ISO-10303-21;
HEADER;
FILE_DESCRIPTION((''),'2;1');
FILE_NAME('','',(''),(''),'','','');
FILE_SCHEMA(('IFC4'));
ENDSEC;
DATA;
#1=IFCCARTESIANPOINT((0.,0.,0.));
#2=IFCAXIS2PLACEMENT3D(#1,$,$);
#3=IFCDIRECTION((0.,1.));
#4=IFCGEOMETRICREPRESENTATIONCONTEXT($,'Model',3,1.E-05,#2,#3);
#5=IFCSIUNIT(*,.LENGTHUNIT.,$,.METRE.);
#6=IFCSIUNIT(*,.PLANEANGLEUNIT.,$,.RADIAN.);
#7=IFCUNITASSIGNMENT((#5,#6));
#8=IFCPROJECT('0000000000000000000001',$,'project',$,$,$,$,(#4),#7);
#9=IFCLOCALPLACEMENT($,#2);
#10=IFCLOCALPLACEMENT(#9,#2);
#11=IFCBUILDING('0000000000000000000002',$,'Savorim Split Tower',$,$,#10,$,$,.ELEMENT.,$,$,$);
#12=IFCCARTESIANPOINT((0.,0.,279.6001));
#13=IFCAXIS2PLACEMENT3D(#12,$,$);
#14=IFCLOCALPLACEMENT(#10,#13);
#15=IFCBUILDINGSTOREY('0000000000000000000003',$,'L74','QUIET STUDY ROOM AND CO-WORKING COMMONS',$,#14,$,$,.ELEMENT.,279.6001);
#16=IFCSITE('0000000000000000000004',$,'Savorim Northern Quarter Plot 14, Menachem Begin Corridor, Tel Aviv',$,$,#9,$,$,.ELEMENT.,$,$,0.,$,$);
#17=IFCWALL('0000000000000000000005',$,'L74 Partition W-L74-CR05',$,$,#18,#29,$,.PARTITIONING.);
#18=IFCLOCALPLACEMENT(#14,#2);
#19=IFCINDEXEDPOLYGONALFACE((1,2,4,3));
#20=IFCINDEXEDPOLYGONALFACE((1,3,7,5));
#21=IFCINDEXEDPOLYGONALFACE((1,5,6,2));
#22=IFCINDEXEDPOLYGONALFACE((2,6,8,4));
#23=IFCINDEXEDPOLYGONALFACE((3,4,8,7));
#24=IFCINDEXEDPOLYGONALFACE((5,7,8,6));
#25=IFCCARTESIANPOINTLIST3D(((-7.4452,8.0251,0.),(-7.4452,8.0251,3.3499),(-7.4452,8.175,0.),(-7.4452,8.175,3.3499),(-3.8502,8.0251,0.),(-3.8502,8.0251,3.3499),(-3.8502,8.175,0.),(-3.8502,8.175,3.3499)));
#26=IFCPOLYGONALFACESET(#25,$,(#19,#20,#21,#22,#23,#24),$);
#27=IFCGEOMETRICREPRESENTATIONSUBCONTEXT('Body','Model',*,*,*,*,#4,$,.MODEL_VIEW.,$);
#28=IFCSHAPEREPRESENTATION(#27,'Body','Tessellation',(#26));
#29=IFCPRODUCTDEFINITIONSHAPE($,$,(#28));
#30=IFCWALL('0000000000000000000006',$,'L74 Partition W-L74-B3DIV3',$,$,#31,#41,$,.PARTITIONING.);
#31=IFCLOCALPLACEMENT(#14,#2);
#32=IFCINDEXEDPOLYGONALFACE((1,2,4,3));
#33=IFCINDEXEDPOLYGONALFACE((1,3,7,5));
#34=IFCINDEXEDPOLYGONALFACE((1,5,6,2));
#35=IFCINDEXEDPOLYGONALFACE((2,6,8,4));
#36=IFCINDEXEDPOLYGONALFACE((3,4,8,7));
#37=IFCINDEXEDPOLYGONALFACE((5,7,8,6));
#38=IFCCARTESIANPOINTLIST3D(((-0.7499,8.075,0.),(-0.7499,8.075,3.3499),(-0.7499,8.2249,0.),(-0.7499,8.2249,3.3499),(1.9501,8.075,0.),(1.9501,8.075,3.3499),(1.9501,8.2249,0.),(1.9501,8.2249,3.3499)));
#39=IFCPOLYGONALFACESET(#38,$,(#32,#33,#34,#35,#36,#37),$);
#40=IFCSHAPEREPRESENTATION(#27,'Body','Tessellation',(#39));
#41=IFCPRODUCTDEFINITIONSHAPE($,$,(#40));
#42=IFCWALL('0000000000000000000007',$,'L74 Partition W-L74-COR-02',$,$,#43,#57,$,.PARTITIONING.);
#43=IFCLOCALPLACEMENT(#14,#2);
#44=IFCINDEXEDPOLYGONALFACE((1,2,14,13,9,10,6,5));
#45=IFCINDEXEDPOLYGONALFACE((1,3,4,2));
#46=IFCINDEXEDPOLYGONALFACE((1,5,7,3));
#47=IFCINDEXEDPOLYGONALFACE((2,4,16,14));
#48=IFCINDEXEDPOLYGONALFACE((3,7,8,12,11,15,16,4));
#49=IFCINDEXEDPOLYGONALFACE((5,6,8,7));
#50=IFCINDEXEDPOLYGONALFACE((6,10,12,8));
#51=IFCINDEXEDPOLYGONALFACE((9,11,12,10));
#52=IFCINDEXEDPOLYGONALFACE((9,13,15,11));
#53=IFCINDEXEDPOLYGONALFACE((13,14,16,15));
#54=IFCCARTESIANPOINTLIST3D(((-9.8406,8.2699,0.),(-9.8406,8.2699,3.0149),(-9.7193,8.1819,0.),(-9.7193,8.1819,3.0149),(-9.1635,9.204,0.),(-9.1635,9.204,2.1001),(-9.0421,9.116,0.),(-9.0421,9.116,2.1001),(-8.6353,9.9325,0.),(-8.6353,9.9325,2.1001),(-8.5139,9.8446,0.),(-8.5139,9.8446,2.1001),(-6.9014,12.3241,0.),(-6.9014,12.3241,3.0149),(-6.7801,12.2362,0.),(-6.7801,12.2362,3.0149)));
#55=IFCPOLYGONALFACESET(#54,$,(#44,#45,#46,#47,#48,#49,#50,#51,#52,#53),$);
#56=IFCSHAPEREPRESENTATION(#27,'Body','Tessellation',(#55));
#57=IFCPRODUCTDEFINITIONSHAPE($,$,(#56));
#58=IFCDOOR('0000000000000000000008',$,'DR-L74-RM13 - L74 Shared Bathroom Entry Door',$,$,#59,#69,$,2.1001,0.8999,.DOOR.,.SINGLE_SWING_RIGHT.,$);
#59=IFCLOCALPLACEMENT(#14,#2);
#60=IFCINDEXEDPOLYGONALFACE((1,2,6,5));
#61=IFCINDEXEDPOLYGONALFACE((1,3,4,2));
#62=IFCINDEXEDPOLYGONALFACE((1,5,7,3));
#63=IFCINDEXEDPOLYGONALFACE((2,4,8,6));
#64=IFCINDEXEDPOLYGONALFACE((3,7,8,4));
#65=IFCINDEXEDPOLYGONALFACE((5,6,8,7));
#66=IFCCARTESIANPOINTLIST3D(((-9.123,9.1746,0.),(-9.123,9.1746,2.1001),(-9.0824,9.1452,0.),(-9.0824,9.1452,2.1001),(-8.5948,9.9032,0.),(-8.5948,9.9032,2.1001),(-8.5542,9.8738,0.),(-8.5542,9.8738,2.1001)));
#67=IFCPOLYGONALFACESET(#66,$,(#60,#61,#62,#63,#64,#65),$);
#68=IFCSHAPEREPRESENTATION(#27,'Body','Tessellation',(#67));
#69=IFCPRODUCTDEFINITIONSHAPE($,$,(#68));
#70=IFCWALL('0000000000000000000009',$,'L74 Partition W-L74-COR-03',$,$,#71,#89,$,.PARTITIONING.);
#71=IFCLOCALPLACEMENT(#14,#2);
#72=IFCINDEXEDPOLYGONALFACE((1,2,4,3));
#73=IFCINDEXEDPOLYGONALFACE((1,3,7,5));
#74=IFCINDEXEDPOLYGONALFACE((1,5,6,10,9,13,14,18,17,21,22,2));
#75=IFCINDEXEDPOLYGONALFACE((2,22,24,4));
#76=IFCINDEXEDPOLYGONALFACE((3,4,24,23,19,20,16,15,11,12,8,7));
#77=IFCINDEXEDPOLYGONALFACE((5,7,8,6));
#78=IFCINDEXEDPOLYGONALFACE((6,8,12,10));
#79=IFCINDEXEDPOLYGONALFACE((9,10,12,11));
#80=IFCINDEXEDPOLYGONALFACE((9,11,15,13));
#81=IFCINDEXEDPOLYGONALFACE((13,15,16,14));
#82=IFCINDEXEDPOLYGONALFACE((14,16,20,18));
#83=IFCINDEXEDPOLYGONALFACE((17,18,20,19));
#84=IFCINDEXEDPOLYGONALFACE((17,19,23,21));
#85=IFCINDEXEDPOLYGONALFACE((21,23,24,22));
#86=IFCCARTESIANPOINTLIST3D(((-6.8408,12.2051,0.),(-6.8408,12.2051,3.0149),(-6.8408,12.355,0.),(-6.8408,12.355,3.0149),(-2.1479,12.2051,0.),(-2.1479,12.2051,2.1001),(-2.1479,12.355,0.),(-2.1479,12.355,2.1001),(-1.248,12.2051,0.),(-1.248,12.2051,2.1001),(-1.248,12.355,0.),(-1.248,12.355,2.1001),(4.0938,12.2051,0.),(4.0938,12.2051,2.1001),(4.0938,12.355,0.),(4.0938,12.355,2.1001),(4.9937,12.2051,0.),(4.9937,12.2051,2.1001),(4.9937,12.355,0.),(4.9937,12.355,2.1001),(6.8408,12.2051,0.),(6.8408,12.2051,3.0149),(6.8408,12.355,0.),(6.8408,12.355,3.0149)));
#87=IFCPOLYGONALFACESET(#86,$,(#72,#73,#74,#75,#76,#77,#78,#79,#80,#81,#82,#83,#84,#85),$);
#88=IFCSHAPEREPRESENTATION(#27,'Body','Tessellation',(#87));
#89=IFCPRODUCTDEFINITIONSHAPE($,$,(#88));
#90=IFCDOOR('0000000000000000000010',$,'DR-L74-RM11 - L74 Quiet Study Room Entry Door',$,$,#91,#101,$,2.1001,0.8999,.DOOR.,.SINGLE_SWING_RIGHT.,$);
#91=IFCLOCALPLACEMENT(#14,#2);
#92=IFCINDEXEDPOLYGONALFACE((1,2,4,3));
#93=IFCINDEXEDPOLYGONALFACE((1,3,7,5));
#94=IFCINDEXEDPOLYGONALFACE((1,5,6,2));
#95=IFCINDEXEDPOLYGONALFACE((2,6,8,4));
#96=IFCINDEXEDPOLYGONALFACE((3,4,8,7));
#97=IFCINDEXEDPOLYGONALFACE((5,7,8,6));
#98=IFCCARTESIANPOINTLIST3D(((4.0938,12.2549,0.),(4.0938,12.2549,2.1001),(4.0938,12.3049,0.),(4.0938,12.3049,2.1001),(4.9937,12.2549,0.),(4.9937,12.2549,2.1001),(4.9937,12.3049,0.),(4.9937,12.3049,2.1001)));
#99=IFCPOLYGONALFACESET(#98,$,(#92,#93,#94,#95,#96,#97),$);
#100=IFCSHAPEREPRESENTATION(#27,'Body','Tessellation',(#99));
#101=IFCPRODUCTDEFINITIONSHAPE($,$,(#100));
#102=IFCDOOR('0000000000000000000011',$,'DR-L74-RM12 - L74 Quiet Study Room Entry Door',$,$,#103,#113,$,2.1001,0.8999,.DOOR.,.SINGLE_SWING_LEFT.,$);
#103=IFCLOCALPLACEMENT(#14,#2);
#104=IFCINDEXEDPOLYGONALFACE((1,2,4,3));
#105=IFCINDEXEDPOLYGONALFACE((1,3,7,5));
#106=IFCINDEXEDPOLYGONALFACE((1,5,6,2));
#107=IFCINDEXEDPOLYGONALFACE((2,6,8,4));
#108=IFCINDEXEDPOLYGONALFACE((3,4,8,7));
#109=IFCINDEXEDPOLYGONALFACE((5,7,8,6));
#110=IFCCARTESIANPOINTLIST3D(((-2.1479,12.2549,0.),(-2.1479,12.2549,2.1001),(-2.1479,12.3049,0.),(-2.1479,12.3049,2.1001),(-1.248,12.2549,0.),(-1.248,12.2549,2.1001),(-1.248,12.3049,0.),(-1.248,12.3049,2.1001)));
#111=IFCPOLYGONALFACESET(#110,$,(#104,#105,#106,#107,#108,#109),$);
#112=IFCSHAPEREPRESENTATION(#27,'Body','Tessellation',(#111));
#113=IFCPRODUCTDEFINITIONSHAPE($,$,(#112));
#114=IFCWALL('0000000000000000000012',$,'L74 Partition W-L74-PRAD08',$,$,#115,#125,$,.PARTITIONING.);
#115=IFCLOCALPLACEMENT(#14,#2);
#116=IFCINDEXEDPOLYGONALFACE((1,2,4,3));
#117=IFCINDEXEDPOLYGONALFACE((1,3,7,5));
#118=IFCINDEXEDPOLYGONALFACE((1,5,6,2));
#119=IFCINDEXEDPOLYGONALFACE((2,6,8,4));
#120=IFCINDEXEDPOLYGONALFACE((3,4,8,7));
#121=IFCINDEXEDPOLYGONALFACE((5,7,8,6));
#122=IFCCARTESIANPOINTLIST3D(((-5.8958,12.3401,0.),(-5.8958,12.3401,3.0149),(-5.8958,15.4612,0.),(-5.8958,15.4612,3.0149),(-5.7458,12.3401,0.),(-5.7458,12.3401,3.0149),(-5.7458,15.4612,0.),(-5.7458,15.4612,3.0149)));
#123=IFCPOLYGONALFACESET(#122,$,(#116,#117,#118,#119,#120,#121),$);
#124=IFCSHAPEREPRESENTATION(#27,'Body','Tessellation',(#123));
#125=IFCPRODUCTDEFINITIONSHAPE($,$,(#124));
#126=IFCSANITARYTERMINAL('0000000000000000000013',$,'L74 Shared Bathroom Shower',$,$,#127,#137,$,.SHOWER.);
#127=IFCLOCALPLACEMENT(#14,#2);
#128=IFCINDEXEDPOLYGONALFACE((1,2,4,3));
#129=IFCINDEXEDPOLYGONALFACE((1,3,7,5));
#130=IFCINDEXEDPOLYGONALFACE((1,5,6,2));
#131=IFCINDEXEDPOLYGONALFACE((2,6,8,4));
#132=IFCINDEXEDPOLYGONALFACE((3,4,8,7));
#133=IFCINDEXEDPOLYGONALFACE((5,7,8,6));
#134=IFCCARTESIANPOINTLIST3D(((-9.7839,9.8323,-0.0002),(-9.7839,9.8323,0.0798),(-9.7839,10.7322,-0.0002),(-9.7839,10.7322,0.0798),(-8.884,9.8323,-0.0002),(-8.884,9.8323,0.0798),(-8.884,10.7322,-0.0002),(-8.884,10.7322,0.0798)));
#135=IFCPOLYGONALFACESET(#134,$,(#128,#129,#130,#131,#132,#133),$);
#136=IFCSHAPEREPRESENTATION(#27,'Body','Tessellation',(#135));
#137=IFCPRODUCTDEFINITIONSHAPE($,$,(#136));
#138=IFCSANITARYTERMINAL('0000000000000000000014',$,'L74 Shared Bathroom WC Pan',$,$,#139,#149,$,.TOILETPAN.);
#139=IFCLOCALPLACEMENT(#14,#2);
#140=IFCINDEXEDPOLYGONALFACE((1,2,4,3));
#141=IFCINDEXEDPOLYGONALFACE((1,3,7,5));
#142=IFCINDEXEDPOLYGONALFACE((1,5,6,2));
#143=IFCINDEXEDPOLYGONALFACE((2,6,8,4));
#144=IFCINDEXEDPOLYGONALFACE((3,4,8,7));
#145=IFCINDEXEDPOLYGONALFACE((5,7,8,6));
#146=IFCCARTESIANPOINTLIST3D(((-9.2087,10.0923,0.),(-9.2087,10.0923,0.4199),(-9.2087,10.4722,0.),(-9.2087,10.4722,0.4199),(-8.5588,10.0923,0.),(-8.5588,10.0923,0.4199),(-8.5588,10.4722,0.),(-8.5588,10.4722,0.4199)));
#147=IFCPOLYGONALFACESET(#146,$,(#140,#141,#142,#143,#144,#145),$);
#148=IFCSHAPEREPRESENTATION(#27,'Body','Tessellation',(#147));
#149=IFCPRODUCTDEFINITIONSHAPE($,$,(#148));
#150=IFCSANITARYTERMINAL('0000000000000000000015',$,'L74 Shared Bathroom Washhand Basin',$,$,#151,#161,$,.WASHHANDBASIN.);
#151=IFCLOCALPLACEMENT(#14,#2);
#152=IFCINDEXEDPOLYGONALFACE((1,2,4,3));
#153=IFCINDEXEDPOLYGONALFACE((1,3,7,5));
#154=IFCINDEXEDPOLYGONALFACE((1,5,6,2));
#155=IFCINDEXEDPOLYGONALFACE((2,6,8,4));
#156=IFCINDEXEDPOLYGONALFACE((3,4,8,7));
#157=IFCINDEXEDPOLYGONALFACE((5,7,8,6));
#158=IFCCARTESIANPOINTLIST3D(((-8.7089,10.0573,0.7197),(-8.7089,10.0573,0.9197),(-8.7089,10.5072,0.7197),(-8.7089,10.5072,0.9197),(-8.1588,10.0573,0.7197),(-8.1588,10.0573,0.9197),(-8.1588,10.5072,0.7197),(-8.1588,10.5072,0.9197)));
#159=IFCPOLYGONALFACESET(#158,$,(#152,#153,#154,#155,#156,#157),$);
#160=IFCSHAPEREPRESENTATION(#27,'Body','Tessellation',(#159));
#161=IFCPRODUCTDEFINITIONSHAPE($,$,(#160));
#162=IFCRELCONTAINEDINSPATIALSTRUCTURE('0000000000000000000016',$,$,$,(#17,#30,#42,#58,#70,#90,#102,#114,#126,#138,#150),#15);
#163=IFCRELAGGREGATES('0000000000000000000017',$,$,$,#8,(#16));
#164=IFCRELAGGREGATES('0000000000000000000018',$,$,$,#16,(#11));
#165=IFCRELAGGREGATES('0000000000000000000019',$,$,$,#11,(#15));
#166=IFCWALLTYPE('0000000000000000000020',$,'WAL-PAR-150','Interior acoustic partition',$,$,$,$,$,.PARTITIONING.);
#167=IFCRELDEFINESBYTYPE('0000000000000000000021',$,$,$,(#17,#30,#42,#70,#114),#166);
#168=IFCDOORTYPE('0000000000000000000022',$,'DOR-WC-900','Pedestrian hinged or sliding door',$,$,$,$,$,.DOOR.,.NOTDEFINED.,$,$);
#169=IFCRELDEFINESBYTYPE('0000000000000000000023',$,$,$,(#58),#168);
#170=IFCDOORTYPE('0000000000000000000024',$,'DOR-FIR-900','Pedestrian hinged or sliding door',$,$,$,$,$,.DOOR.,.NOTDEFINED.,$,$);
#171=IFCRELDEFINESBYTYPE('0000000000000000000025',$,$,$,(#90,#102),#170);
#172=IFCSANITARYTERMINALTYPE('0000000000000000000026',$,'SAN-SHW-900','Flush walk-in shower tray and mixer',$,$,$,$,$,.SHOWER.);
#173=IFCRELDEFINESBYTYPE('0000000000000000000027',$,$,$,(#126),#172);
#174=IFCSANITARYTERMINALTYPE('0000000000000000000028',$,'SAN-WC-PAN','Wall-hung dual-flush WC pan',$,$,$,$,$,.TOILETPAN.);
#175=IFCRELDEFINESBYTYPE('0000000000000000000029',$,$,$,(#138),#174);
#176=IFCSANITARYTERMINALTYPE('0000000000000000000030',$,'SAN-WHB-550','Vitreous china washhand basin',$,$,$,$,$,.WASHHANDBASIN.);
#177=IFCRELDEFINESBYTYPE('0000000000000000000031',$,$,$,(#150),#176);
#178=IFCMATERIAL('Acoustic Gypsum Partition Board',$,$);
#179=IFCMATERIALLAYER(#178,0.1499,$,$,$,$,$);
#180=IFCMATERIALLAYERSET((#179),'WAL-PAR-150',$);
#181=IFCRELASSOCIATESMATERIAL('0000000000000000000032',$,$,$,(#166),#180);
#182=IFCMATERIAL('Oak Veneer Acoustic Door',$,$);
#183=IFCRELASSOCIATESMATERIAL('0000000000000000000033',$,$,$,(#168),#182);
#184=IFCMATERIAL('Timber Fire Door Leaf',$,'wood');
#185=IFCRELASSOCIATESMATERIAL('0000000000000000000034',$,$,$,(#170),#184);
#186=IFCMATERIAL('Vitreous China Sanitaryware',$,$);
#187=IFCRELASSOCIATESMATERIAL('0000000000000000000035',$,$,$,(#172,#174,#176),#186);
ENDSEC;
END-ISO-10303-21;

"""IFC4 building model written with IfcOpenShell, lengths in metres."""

from ifc_helpers import new_model, si_unit, direction, frame, frame_2d, origin, origin_2d, place, context, subcontext, project, spatial, rectangle, extrude, material, layer, layer_set, type_object, element, fill, save


model = new_model("IFC4")

# Units and contexts
model_context = context("Model", 3, precision=1e-05, world=origin(), true_north=direction((0.0, 1.0)))
body_context = subcontext(model_context, "Body", "Model", "MODEL_VIEW")
ifc_project = project(units=[si_unit("LENGTHUNIT", "METRE"), si_unit("PLANEANGLEUNIT", "RADIAN")], contexts=[model_context])

# Site, building, storey
site_placement = place(None, origin())
site = spatial("IfcSite", under=ifc_project, at=site_placement, Name="Savorim Northern Quarter Plot 14, Menachem Begin Corridor, Tel Aviv", CompositionType="ELEMENT", RefElevation=0.0)
building_placement = place(site_placement, origin())
building = spatial("IfcBuilding", under=site, at=building_placement, Name="Savorim Split Tower", CompositionType="ELEMENT")
storey_placement = place(building_placement, frame((0.0, 0.0, 279.6001)))
storey = spatial("IfcBuildingStorey", under=building, at=storey_placement, Name="L74", Description="QUIET STUDY ROOM AND CO-WORKING COMMONS", CompositionType="ELEMENT", Elevation=279.6001)

# Walls
ifc_material_1 = material(Name="Acoustic Gypsum Partition Board")
ifc_layer_1 = layer(ifc_material_1, 0.1499)
ifc_layer_set_1 = layer_set([ifc_layer_1], Name="WAL-PAR-150")
wall_type_1 = type_object("IfcWallType", Name="WAL-PAR-150", Description="Interior acoustic partition", PredefinedType="PARTITIONING", material=ifc_layer_set_1)
wall_1_placement = place(storey_placement, frame((-7.4451, 8.1001, 0.0), z_axis=(0.0, 0.0, 1.0), x_axis=(1.0, 0.0, 0.0)))
element("IfcWall", 1, at=wall_1_placement, inside=storey, type_object=wall_type_1, Name="L74 Partition W-L74-CR05", PredefinedType="PARTITIONING", context=body_context, shape_type="SweptSolid", body=[
    extrude(rectangle(XDim=3.595, YDim=0.1499, at=frame_2d((1.7974, 0.0))), origin(), (0.0, 0.0, 1.0), 3.3499),
])
wall_2_placement = place(storey_placement, frame((-0.75, 8.1499, 0.0), z_axis=(0.0, 0.0, 1.0), x_axis=(1.0, 0.0, 0.0)))
element("IfcWall", 2, at=wall_2_placement, inside=storey, type_object=wall_type_1, Name="L74 Partition W-L74-B3DIV3", PredefinedType="PARTITIONING", context=body_context, shape_type="SweptSolid", body=[
    extrude(rectangle(XDim=2.7, YDim=0.1499, at=frame_2d((1.3501, 0.0))), origin(), (0.0, 0.0, 1.0), 3.3499),
])

# Wall, opening, door
wall_3_placement = place(storey_placement, frame((-9.78, 8.2258, 0.0), z_axis=(0.0, 0.0, 1.0), x_axis=(0.586956, 0.809619, 0.0)))
wall_3 = element("IfcWall", 3, at=wall_3_placement, inside=storey, type_object=wall_type_1, Name="L74 Partition W-L74-COR-02", PredefinedType="PARTITIONING", context=body_context, shape_type="SweptSolid", body=[
    extrude(rectangle(XDim=5.0076, YDim=0.1499, at=frame_2d((2.5039, 0.0))), origin(), (0.0, 0.0, 1.0), 3.0149),
])
opening_1_placement = place(wall_3_placement, frame((1.1538, 0.0, 0.0)))
opening_1 = element("IfcOpeningElement", 4, at=opening_1_placement, cuts=wall_3, PredefinedType="OPENING", context=body_context, shape_type="SweptSolid", body=[
    extrude(rectangle(XDim=0.8999, YDim=2.1001, at=frame_2d((0.45, 1.05))), frame((0.0, 0.085, 0.0), z_axis=(0.0, -1.0, 0.0), x_axis=(1.0, 0.0, 0.0)), (0.0, 0.0, 1.0), 0.1699),
])
ifc_material_2 = material(Name="Oak Veneer Acoustic Door")
door_type_1 = type_object("IfcDoorType", Name="DOR-WC-900", Description="Pedestrian hinged or sliding door", OperationType="NOTDEFINED", PredefinedType="DOOR", material=ifc_material_2)
door_1_placement = place(opening_1_placement, origin())
door_1 = element("IfcDoor", 5, at=door_1_placement, inside=storey, type_object=door_type_1, Name="DR-L74-RM13 - L74 Shared Bathroom Entry Door", OperationType="SINGLE_SWING_RIGHT", OverallHeight=2.1001, OverallWidth=0.8999, PredefinedType="DOOR", context=body_context, shape_type="SweptSolid", body=[
    extrude(rectangle(XDim=0.8999, YDim=2.1001, at=frame_2d((0.45, 1.05))), frame((0.0, 0.0249, 0.0), z_axis=(0.0, -1.0, 0.0), x_axis=(1.0, 0.0, 0.0)), (0.0, 0.0, 1.0), 0.05),
])
fill(opening_1, door_1)

# Wall, openings, doors
wall_4_placement = place(storey_placement, frame((-6.8408, 12.28, 0.0), z_axis=(0.0, 0.0, 1.0), x_axis=(1.0, 0.0, 0.0)))
wall_4 = element("IfcWall", 6, at=wall_4_placement, inside=storey, type_object=wall_type_1, Name="L74 Partition W-L74-COR-03", PredefinedType="PARTITIONING", context=body_context, shape_type="SweptSolid", body=[
    extrude(rectangle(XDim=13.6816, YDim=0.1499, at=frame_2d((6.8408, 0.0))), origin(), (0.0, 0.0, 1.0), 3.0149),
])
opening_2_placement = place(wall_4_placement, frame((10.9346, 0.0, 0.0)))
opening_2 = element("IfcOpeningElement", 7, at=opening_2_placement, cuts=wall_4, PredefinedType="OPENING", context=body_context, shape_type="SweptSolid", body=[
    extrude(rectangle(XDim=0.8999, YDim=2.1001, at=frame_2d((0.45, 1.05))), frame((0.0, 0.085, 0.0), z_axis=(0.0, -1.0, 0.0), x_axis=(1.0, 0.0, 0.0)), (0.0, 0.0, 1.0), 0.1699),
])
opening_3_placement = place(wall_4_placement, frame((4.6929, 0.0, 0.0)))
opening_3 = element("IfcOpeningElement", 8, at=opening_3_placement, cuts=wall_4, PredefinedType="OPENING", context=body_context, shape_type="SweptSolid", body=[
    extrude(rectangle(XDim=0.8999, YDim=2.1001, at=frame_2d((0.45, 1.05))), frame((0.0, 0.085, 0.0), z_axis=(0.0, -1.0, 0.0), x_axis=(1.0, 0.0, 0.0)), (0.0, 0.0, 1.0), 0.1699),
])
ifc_material_3 = material(Name="Timber Fire Door Leaf", Category="wood")
door_type_2 = type_object("IfcDoorType", Name="DOR-FIR-900", Description="Pedestrian hinged or sliding door", OperationType="NOTDEFINED", PredefinedType="DOOR", material=ifc_material_3)
door_2_placement = place(opening_2_placement, origin())
door_2 = element("IfcDoor", 9, at=door_2_placement, inside=storey, type_object=door_type_2, Name="DR-L74-RM11 - L74 Quiet Study Room Entry Door", OperationType="SINGLE_SWING_RIGHT", OverallHeight=2.1001, OverallWidth=0.8999, PredefinedType="DOOR", context=body_context, shape_type="SweptSolid", body=[
    extrude(rectangle(XDim=0.8999, YDim=2.1001, at=frame_2d((0.45, 1.05))), frame((0.0, 0.0249, 0.0), z_axis=(0.0, -1.0, 0.0), x_axis=(1.0, 0.0, 0.0)), (0.0, 0.0, 1.0), 0.05),
])
fill(opening_2, door_2)
door_3_placement = place(opening_3_placement, origin())
door_3 = element("IfcDoor", 10, at=door_3_placement, inside=storey, type_object=door_type_2, Name="DR-L74-RM12 - L74 Quiet Study Room Entry Door", OperationType="SINGLE_SWING_LEFT", OverallHeight=2.1001, OverallWidth=0.8999, PredefinedType="DOOR", context=body_context, shape_type="SweptSolid", body=[
    extrude(rectangle(XDim=0.8999, YDim=2.1001, at=frame_2d((0.45, 1.05))), frame((0.0, 0.0249, 0.0), z_axis=(0.0, -1.0, 0.0), x_axis=(1.0, 0.0, 0.0)), (0.0, 0.0, 1.0), 0.05),
])
fill(opening_3, door_3)

# Wall
wall_5_placement = place(storey_placement, frame((-5.8208, 12.3401, 0.0), z_axis=(0.0, 0.0, 1.0), x_axis=(0.0, 1.0, 0.0)))
element("IfcWall", 11, at=wall_5_placement, inside=storey, type_object=wall_type_1, Name="L74 Partition W-L74-PRAD08", PredefinedType="PARTITIONING", context=body_context, shape_type="SweptSolid", body=[
    extrude(rectangle(XDim=3.1211, YDim=0.1499, at=frame_2d((1.5605, 0.0))), origin(), (0.0, 0.0, 1.0), 3.0149),
])

# Sanitary terminals
ifc_material_4 = material(Name="Vitreous China Sanitaryware")
sanitary_terminal_type_1 = type_object("IfcSanitaryTerminalType", Name="SAN-SHW-900", Description="Flush walk-in shower tray and mixer", PredefinedType="SHOWER", material=ifc_material_4)
sanitary_terminal_1_placement = place(storey_placement, frame((-9.334, 10.2822, -0.0002), z_axis=(0.0, 0.0, 1.0), x_axis=(1.0, 0.0, 0.0)))
element("IfcSanitaryTerminal", 12, at=sanitary_terminal_1_placement, inside=storey, type_object=sanitary_terminal_type_1, Name="L74 Shared Bathroom Shower", PredefinedType="SHOWER", context=body_context, shape_type="SweptSolid", body=[
    extrude(rectangle(XDim=0.8999, YDim=0.8999, at=origin_2d()), origin(), (0.0, 0.0, 1.0), 0.0801),
])
sanitary_terminal_type_2 = type_object("IfcSanitaryTerminalType", Name="SAN-WC-PAN", Description="Wall-hung dual-flush WC pan", PredefinedType="TOILETPAN", material=ifc_material_4)
sanitary_terminal_2_placement = place(storey_placement, frame((-8.8838, 10.2822, 0.0), z_axis=(0.0, 0.0, 1.0), x_axis=(1.0, 0.0, 0.0)))
element("IfcSanitaryTerminal", 13, at=sanitary_terminal_2_placement, inside=storey, type_object=sanitary_terminal_type_2, Name="L74 Shared Bathroom WC Pan", PredefinedType="TOILETPAN", context=body_context, shape_type="SweptSolid", body=[
    extrude(rectangle(XDim=0.6499, YDim=0.3799, at=origin_2d()), origin(), (0.0, 0.0, 1.0), 0.4199),
])
sanitary_terminal_type_3 = type_object("IfcSanitaryTerminalType", Name="SAN-WHB-550", Description="Vitreous china washhand basin", PredefinedType="WASHHANDBASIN", material=ifc_material_4)
sanitary_terminal_3_placement = place(storey_placement, frame((-8.4338, 10.2822, 0.7197), z_axis=(0.0, 0.0, 1.0), x_axis=(1.0, 0.0, 0.0)))
element("IfcSanitaryTerminal", 14, at=sanitary_terminal_3_placement, inside=storey, type_object=sanitary_terminal_type_3, Name="L74 Shared Bathroom Washhand Basin", PredefinedType="WASHHANDBASIN", context=body_context, shape_type="SweptSolid", body=[
    extrude(rectangle(XDim=0.55, YDim=0.45, at=origin_2d()), origin(), (0.0, 0.0, 1.0), 0.2),
])

save(model, "model.ifc")
